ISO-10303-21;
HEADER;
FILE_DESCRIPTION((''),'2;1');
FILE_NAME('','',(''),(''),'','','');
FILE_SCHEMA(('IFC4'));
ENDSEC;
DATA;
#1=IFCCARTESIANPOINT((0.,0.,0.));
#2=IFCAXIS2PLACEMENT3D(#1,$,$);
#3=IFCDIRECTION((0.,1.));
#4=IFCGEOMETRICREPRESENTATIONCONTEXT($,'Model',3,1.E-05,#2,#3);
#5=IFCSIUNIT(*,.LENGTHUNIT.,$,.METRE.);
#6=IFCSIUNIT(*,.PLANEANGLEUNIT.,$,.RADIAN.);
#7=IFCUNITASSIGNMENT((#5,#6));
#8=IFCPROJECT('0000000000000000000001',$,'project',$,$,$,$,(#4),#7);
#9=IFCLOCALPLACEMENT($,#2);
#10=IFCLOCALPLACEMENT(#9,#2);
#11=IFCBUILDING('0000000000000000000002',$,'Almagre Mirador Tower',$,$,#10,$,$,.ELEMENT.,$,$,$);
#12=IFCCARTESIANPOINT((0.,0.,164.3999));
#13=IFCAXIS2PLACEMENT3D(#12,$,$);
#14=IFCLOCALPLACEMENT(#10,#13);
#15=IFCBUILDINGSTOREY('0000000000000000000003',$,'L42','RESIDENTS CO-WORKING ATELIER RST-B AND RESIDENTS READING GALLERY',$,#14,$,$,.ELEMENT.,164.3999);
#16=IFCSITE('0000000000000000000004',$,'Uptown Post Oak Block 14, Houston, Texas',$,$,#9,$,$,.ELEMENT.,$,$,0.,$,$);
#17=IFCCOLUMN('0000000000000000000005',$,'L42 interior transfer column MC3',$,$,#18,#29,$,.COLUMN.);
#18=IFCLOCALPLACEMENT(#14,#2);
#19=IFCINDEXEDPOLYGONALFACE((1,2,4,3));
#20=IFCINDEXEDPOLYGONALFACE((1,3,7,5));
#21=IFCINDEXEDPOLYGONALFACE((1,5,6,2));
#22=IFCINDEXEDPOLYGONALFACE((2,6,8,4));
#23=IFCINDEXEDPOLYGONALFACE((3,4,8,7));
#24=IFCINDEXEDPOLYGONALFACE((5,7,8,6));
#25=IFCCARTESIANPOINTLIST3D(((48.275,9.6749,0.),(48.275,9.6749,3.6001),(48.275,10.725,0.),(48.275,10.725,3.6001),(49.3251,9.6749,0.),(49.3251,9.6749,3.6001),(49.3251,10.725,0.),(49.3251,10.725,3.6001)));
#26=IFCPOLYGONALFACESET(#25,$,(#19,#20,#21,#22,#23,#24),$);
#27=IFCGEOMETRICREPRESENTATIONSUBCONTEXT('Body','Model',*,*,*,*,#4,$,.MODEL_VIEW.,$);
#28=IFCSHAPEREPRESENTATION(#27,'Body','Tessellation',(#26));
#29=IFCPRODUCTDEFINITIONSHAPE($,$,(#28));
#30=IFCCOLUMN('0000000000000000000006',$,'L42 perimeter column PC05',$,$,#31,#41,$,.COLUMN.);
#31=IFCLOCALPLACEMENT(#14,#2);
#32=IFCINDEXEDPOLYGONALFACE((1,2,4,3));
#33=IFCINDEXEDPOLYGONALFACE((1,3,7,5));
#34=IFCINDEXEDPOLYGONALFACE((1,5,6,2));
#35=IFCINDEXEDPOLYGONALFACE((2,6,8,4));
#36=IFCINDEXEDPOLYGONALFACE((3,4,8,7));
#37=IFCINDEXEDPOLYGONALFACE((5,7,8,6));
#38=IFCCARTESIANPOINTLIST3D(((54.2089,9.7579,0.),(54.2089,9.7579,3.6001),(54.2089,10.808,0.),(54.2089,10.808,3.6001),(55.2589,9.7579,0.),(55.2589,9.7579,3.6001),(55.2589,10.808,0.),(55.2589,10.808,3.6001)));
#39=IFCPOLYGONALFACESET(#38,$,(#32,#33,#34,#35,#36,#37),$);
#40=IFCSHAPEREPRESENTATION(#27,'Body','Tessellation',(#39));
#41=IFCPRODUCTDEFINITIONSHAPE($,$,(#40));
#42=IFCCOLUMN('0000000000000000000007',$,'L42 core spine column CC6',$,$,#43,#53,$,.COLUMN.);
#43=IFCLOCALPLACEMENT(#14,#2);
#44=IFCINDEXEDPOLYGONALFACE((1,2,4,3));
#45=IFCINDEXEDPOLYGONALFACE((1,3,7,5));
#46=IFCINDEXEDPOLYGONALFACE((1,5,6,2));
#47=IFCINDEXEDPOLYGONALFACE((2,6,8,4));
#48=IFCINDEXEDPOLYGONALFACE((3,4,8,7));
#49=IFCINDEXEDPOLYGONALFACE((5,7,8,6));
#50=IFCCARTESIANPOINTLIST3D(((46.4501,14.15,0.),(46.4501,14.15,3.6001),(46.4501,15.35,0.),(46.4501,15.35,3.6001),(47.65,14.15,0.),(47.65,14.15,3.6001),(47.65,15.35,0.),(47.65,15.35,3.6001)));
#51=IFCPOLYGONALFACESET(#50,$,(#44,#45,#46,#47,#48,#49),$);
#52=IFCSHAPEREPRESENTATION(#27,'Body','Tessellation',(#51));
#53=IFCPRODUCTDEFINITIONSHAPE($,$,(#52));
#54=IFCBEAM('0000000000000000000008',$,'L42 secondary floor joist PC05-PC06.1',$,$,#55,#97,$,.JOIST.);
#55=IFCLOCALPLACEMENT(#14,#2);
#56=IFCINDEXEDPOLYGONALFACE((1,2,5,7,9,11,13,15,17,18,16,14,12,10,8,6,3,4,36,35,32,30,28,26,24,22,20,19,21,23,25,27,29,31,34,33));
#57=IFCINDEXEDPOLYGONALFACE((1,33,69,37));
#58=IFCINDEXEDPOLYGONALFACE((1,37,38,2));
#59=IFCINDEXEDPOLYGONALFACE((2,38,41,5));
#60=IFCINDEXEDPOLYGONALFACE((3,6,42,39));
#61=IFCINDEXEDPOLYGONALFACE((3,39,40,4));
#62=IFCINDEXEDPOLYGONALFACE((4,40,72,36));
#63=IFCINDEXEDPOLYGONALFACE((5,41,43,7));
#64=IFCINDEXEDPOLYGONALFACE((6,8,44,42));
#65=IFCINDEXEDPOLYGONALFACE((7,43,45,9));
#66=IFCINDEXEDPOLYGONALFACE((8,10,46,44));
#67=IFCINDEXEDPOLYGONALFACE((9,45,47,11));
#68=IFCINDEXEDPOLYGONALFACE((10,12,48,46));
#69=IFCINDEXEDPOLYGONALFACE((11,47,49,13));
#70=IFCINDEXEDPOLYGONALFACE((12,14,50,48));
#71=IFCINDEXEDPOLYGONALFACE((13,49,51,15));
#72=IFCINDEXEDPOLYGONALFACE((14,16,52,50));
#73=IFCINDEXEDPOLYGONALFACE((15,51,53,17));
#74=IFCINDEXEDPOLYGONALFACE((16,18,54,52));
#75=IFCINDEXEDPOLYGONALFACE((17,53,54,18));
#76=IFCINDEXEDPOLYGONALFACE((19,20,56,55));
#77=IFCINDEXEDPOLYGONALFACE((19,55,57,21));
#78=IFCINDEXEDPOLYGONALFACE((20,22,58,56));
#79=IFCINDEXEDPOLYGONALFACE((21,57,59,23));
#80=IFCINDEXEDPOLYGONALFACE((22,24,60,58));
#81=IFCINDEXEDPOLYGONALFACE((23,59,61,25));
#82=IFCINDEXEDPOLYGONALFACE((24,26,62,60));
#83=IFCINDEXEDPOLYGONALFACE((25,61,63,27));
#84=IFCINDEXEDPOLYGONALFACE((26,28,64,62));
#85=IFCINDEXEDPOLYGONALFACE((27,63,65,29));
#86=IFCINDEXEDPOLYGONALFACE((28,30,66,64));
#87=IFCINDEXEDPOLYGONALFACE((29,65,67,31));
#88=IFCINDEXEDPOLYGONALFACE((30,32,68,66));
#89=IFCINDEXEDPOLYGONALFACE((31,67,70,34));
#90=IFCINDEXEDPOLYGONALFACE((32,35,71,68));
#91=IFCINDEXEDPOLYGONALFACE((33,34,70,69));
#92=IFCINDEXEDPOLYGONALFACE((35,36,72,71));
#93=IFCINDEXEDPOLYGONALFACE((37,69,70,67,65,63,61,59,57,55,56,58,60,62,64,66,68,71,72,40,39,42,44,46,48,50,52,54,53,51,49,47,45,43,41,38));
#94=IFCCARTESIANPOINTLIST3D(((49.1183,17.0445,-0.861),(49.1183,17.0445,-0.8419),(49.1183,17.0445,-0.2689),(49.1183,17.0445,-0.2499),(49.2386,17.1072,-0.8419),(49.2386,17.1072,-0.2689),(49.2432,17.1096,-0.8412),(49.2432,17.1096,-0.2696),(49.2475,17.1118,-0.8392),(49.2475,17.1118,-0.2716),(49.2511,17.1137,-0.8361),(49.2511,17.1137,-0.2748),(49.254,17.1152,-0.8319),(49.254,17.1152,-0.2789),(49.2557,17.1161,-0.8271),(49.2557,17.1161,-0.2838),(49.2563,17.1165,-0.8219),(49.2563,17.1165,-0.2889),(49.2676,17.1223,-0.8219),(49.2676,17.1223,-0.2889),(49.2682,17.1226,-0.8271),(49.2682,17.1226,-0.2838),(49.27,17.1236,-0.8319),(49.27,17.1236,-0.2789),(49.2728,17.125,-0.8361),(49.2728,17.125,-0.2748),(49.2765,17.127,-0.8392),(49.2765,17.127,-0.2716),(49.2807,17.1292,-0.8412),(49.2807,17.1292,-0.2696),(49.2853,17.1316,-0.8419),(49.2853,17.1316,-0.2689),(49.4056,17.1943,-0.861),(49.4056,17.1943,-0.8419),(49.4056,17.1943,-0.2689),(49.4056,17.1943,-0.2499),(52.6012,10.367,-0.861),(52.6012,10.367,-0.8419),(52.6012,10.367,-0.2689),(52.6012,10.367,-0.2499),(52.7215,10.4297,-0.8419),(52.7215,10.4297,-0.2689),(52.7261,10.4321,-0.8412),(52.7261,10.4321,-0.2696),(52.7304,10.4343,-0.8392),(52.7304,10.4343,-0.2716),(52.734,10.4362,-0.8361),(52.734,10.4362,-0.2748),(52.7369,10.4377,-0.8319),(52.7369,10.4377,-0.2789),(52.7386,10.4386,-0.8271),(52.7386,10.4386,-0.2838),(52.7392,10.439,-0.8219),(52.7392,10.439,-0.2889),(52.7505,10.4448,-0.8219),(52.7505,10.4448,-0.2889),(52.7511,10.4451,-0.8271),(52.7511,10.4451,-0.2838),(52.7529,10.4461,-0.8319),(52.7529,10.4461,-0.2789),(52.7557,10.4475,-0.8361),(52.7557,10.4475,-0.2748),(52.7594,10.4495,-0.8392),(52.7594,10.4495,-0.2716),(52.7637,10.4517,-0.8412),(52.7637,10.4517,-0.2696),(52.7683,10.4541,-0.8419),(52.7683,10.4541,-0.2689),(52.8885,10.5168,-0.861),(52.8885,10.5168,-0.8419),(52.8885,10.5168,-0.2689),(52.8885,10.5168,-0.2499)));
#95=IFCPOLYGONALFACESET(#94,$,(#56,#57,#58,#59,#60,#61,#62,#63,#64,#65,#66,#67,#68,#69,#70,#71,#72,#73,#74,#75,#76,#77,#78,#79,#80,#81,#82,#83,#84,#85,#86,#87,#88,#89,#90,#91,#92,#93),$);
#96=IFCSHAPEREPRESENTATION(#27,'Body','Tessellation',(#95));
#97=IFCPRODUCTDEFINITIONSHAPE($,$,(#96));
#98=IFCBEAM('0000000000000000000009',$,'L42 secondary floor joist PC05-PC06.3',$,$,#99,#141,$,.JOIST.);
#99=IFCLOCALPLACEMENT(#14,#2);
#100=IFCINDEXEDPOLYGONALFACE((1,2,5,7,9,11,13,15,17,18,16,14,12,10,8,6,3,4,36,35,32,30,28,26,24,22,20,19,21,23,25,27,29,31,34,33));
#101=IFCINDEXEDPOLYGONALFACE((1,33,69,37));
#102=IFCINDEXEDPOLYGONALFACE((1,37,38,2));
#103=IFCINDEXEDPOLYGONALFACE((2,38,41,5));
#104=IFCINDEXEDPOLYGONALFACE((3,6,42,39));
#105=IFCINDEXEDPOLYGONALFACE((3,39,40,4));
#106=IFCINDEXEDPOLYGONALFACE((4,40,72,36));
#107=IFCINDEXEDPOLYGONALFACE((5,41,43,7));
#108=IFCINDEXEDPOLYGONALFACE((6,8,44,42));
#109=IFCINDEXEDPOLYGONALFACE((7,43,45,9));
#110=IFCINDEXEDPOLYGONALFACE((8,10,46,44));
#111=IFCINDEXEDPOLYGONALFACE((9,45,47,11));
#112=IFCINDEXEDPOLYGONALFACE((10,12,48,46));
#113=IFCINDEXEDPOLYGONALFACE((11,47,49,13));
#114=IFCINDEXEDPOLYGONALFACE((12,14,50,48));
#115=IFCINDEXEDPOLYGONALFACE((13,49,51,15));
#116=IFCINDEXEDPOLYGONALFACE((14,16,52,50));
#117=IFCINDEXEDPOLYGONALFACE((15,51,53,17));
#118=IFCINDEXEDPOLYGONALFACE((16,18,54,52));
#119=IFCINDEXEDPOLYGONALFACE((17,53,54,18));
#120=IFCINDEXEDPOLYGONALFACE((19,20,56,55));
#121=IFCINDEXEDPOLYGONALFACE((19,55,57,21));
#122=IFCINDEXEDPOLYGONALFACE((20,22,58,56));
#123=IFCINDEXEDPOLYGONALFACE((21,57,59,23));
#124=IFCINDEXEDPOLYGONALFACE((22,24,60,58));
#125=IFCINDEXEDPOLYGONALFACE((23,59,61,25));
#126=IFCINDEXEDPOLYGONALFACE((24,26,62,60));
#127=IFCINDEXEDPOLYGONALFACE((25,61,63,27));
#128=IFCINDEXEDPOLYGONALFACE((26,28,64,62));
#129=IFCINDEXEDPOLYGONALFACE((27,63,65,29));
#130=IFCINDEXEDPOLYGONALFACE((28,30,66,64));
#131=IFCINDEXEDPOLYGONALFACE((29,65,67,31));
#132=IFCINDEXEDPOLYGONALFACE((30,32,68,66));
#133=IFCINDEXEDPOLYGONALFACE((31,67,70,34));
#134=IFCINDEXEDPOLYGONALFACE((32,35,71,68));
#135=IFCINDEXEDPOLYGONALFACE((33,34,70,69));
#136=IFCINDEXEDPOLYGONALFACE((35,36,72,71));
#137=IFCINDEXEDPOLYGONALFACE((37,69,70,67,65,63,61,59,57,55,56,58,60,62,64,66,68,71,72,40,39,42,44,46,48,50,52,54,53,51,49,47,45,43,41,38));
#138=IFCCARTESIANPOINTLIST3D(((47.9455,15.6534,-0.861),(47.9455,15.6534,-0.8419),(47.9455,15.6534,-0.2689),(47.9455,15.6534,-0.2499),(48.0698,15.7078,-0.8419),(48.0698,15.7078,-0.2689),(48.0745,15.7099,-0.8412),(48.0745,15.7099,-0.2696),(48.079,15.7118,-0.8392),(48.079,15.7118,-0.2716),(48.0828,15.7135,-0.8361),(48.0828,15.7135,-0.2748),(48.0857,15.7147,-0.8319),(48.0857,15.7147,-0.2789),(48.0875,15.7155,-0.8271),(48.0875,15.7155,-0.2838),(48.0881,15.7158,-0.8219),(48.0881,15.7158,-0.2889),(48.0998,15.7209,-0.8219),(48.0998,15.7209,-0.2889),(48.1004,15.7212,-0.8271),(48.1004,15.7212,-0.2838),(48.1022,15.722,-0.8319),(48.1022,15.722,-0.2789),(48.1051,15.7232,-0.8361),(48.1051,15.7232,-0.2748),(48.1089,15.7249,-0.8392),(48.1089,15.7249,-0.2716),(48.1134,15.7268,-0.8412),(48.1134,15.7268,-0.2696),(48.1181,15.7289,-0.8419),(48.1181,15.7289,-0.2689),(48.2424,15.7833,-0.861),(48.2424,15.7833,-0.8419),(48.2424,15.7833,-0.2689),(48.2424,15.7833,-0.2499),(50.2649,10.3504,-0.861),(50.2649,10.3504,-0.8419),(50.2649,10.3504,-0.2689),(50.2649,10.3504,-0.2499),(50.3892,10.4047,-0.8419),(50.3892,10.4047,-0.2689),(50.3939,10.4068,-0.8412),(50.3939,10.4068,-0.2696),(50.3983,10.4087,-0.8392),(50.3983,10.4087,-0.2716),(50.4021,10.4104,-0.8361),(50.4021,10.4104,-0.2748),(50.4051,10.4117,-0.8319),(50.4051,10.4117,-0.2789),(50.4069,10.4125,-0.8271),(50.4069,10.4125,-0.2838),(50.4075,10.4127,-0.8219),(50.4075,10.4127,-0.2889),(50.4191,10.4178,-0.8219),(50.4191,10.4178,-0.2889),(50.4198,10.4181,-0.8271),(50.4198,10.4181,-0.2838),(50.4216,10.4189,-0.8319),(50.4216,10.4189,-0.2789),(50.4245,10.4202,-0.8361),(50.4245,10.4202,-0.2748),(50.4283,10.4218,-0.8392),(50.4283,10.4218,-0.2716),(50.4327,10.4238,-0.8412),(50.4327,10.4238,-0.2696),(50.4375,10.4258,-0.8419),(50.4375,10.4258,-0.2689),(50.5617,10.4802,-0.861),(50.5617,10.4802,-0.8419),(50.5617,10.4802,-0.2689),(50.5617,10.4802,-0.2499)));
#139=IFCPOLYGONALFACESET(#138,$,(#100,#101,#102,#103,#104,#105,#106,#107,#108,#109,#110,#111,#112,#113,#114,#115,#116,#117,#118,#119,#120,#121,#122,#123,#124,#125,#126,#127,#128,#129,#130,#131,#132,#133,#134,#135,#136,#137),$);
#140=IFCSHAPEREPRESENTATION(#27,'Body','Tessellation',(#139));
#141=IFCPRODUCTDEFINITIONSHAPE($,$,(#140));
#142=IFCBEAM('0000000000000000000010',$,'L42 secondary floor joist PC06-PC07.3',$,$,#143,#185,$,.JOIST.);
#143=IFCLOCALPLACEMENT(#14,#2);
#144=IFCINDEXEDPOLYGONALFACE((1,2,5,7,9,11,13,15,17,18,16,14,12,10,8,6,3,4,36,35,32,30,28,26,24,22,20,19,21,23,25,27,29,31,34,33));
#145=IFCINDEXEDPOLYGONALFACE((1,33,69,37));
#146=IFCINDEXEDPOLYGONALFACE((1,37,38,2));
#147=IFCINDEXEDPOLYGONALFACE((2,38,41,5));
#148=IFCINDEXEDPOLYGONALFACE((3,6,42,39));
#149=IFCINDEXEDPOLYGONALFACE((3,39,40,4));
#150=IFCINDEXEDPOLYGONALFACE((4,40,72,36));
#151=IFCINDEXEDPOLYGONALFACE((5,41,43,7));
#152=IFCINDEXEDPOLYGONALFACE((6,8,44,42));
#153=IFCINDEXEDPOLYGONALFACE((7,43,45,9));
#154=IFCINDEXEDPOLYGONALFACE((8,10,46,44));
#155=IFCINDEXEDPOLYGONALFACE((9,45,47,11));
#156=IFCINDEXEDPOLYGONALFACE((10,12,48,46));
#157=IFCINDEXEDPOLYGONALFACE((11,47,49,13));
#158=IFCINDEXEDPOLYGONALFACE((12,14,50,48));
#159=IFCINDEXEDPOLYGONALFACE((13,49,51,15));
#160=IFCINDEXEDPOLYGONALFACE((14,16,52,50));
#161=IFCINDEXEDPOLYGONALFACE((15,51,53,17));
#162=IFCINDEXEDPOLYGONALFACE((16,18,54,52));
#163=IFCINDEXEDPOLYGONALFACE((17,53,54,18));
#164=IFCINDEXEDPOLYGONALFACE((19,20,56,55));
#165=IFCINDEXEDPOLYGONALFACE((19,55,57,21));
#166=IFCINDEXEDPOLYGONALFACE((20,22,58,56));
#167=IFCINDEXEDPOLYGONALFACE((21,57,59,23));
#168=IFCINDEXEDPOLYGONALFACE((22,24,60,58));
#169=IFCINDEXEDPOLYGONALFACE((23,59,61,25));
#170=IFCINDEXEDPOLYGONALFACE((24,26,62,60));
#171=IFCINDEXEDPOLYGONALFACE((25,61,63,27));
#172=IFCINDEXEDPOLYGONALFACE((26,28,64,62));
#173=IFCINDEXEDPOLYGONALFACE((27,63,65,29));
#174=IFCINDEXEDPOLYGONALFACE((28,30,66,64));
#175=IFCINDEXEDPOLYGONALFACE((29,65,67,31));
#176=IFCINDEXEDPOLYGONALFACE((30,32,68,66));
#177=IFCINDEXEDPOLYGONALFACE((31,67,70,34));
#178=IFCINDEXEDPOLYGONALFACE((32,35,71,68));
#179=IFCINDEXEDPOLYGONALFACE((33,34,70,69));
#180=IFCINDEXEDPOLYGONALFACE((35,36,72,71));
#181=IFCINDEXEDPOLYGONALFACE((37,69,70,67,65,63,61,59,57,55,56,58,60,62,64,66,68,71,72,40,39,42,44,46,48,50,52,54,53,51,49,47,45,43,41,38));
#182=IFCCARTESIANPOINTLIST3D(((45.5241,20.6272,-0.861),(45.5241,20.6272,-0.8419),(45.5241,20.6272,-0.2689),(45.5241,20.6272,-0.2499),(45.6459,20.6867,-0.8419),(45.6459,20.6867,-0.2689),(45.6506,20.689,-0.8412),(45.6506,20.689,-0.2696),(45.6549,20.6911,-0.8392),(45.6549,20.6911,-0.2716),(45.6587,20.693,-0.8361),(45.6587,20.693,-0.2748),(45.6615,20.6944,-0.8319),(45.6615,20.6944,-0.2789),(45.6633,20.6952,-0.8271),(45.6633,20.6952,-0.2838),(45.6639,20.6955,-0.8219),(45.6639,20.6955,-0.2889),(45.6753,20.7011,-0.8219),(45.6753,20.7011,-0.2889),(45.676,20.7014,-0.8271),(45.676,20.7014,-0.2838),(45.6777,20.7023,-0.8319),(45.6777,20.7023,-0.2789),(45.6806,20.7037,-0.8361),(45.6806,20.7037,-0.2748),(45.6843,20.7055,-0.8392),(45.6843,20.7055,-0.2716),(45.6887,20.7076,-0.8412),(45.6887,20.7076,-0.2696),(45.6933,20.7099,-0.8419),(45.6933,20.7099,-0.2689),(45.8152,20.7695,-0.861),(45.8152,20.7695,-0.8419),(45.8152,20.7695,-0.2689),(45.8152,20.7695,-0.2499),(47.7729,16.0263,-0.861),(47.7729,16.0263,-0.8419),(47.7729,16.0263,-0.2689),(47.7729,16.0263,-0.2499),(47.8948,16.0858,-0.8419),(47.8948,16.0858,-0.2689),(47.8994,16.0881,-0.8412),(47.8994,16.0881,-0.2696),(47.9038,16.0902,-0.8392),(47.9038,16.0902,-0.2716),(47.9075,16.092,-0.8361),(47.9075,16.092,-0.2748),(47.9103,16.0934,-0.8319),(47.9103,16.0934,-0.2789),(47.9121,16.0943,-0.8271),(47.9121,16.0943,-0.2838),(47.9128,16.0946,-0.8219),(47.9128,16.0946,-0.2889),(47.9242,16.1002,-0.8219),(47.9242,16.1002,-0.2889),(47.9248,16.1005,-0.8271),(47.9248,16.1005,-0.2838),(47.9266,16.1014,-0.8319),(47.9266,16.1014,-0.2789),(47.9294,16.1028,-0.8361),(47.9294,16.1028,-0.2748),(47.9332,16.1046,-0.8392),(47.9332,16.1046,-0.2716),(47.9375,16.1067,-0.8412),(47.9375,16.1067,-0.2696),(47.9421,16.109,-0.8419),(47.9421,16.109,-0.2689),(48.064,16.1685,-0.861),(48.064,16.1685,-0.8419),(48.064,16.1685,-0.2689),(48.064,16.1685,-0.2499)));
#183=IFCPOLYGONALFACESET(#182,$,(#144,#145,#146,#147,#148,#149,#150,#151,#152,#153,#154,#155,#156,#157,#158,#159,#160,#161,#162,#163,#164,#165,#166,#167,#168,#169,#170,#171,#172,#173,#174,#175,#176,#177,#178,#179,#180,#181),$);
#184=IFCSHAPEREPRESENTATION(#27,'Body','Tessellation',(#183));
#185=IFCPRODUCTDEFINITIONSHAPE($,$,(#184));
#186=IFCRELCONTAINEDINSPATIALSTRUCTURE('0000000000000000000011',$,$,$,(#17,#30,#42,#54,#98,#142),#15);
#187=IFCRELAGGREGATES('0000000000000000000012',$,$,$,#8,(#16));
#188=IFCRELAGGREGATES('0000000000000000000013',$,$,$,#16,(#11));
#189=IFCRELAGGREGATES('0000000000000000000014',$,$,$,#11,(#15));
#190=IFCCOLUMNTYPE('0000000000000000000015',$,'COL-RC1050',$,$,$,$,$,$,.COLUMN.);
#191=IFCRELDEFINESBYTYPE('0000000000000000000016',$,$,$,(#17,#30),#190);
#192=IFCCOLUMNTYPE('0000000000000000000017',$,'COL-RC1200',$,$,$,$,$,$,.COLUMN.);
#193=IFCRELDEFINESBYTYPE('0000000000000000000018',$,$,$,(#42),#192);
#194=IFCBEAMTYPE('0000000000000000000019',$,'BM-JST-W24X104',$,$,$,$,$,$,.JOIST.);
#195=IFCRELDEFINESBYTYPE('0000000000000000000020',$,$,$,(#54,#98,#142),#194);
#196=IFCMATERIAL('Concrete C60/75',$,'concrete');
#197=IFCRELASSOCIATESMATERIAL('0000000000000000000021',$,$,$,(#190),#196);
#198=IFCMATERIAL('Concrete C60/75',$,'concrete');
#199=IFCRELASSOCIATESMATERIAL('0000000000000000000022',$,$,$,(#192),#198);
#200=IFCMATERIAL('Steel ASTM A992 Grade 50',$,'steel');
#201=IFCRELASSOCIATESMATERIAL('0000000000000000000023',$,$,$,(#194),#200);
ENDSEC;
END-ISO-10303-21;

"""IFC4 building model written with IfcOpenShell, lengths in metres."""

from ifc_helpers import new_model, si_unit, direction, frame, origin, origin_2d, place, context, subcontext, project, spatial, rectangle, i_section, extrude, material, material_profile, profile_set, type_object, element, save


model = new_model("IFC4")

# Units and contexts
model_context = context("Model", 3, precision=1e-05, world=origin(), true_north=direction((0.0, 1.0)))
body_context = subcontext(model_context, "Body", "Model", "MODEL_VIEW")
ifc_project = project(units=[si_unit("LENGTHUNIT", "METRE"), si_unit("PLANEANGLEUNIT", "RADIAN")], contexts=[model_context])

# Site, building, storey
site_placement = place(None, origin())
site = spatial("IfcSite", under=ifc_project, at=site_placement, Name="Uptown Post Oak Block 14, Houston, Texas", CompositionType="ELEMENT", RefElevation=0.0)
building_placement = place(site_placement, origin())
building = spatial("IfcBuilding", under=site, at=building_placement, Name="Almagre Mirador Tower", CompositionType="ELEMENT")
storey_placement = place(building_placement, frame((0.0, 0.0, 164.3999)))
storey = spatial("IfcBuildingStorey", under=building, at=storey_placement, Name="L42", Description="RESIDENTS CO-WORKING ATELIER RST-B AND RESIDENTS READING GALLERY", CompositionType="ELEMENT", Elevation=164.3999)

# Columns
ifc_material_1 = material(Name="Concrete C60/75", Category="concrete")
ifc_material_profile_1 = material_profile(ifc_material_1, rectangle(XDim=1.05, YDim=1.05, at=origin_2d()), Name="RC1050X1050")
ifc_profile_set_1 = profile_set([ifc_material_profile_1], Name="Concrete C60/75")
column_type_1 = type_object("IfcColumnType", Name="COL-RC1050", PredefinedType="COLUMN", material=ifc_profile_set_1)
for number, where, z_axis, x_axis, name in (
    (1, (48.8, 10.2, 0.0), (0.0, 0.0, 1.0), (1.0, 0.0, 0.0), "L42 interior transfer column MC3"),
    (2, (54.7339, 10.283, 0.0), (0.0, 0.0, 1.0), (1.0, 0.0, 0.0), "L42 perimeter column PC05"),
):
    element("IfcColumn", number, at=place(storey_placement, frame(where, z_axis=z_axis, x_axis=x_axis)), inside=storey, type_object=column_type_1, Name=name, PredefinedType="COLUMN", context=body_context, shape_type="SweptSolid", body=[
        extrude(rectangle(XDim=1.05, YDim=1.05, at=origin_2d()), origin(), (0.0, 0.0, 1.0), 3.6001),
    ])
ifc_material_2 = material(Name="Concrete C60/75", Category="concrete")
ifc_material_profile_2 = material_profile(ifc_material_2, rectangle(XDim=1.2, YDim=1.2, at=origin_2d()), Name="RC1200X1200")
ifc_profile_set_2 = profile_set([ifc_material_profile_2], Name="Concrete C60/75")
column_type_2 = type_object("IfcColumnType", Name="COL-RC1200", PredefinedType="COLUMN", material=ifc_profile_set_2)
column_placement = place(storey_placement, frame((47.05, 14.75, 0.0), z_axis=(0.0, 0.0, 1.0), x_axis=(1.0, 0.0, 0.0)))
element("IfcColumn", 3, at=column_placement, inside=storey, type_object=column_type_2, Name="L42 core spine column CC6", PredefinedType="COLUMN", context=body_context, shape_type="SweptSolid", body=[
    extrude(rectangle(XDim=1.2, YDim=1.2, at=origin_2d()), origin(), (0.0, 0.0, 1.0), 3.6001),
])

# Beams
ifc_material_3 = material(Name="Steel ASTM A992 Grade 50", Category="steel")
ifc_material_profile_3 = material_profile(ifc_material_3, i_section(OverallWidth=0.324, OverallDepth=0.6111, WebThickness=0.0127, FlangeThickness=0.019, FilletRadius=0.02, at=origin_2d()), Name="W24X104")
ifc_profile_set_3 = profile_set([ifc_material_profile_3], Name="Steel ASTM A992 Grade 50")
beam_type_1 = type_object("IfcBeamType", Name="BM-JST-W24X104", PredefinedType="JOIST", material=ifc_profile_set_3)
beam_1_placement = place(storey_placement, frame((52.7449, 10.4419, -0.5554), z_axis=(-0.462462, 0.886639, 0.0), x_axis=(-0.886639, -0.462462, 0.0)))
element("IfcBeam", 4, at=beam_1_placement, inside=storey, type_object=beam_type_1, Name="L42 secondary floor joist PC05-PC06.1", PredefinedType="JOIST", context=body_context, shape_type="SweptSolid", body=[
    extrude(i_section(OverallWidth=0.324, OverallDepth=0.6111, WebThickness=0.0127, FlangeThickness=0.019, FilletRadius=0.02, at=origin_2d()), origin(), (0.0, 0.0, 1.0), 7.5312),
])
beam_2_placement = place(storey_placement, frame((50.4133, 10.4153, -0.5554), z_axis=(-0.400715, 0.916203, 0.0), x_axis=(-0.916203, -0.400715, 0.0)))
element("IfcBeam", 5, at=beam_2_placement, inside=storey, type_object=beam_type_1, Name="L42 secondary floor joist PC05-PC06.3", PredefinedType="JOIST", context=body_context, shape_type="SweptSolid", body=[
    extrude(i_section(OverallWidth=0.324, OverallDepth=0.6111, WebThickness=0.0127, FlangeThickness=0.019, FilletRadius=0.02, at=origin_2d()), origin(), (0.0, 0.0, 1.0), 5.7881),
])
beam_3_placement = place(storey_placement, frame((47.9185, 16.0974, -0.5554), z_axis=(-0.439129, 0.898424, 0.0), x_axis=(-0.898424, -0.439129, 0.0)))
element("IfcBeam", 6, at=beam_3_placement, inside=storey, type_object=beam_type_1, Name="L42 secondary floor joist PC06-PC07.3", PredefinedType="JOIST", context=body_context, shape_type="SweptSolid", body=[
    extrude(i_section(OverallWidth=0.324, OverallDepth=0.6111, WebThickness=0.0127, FlangeThickness=0.019, FilletRadius=0.02, at=origin_2d()), origin(), (0.0, 0.0, 1.0), 5.1211),
])

save(model, "model.ifc")
